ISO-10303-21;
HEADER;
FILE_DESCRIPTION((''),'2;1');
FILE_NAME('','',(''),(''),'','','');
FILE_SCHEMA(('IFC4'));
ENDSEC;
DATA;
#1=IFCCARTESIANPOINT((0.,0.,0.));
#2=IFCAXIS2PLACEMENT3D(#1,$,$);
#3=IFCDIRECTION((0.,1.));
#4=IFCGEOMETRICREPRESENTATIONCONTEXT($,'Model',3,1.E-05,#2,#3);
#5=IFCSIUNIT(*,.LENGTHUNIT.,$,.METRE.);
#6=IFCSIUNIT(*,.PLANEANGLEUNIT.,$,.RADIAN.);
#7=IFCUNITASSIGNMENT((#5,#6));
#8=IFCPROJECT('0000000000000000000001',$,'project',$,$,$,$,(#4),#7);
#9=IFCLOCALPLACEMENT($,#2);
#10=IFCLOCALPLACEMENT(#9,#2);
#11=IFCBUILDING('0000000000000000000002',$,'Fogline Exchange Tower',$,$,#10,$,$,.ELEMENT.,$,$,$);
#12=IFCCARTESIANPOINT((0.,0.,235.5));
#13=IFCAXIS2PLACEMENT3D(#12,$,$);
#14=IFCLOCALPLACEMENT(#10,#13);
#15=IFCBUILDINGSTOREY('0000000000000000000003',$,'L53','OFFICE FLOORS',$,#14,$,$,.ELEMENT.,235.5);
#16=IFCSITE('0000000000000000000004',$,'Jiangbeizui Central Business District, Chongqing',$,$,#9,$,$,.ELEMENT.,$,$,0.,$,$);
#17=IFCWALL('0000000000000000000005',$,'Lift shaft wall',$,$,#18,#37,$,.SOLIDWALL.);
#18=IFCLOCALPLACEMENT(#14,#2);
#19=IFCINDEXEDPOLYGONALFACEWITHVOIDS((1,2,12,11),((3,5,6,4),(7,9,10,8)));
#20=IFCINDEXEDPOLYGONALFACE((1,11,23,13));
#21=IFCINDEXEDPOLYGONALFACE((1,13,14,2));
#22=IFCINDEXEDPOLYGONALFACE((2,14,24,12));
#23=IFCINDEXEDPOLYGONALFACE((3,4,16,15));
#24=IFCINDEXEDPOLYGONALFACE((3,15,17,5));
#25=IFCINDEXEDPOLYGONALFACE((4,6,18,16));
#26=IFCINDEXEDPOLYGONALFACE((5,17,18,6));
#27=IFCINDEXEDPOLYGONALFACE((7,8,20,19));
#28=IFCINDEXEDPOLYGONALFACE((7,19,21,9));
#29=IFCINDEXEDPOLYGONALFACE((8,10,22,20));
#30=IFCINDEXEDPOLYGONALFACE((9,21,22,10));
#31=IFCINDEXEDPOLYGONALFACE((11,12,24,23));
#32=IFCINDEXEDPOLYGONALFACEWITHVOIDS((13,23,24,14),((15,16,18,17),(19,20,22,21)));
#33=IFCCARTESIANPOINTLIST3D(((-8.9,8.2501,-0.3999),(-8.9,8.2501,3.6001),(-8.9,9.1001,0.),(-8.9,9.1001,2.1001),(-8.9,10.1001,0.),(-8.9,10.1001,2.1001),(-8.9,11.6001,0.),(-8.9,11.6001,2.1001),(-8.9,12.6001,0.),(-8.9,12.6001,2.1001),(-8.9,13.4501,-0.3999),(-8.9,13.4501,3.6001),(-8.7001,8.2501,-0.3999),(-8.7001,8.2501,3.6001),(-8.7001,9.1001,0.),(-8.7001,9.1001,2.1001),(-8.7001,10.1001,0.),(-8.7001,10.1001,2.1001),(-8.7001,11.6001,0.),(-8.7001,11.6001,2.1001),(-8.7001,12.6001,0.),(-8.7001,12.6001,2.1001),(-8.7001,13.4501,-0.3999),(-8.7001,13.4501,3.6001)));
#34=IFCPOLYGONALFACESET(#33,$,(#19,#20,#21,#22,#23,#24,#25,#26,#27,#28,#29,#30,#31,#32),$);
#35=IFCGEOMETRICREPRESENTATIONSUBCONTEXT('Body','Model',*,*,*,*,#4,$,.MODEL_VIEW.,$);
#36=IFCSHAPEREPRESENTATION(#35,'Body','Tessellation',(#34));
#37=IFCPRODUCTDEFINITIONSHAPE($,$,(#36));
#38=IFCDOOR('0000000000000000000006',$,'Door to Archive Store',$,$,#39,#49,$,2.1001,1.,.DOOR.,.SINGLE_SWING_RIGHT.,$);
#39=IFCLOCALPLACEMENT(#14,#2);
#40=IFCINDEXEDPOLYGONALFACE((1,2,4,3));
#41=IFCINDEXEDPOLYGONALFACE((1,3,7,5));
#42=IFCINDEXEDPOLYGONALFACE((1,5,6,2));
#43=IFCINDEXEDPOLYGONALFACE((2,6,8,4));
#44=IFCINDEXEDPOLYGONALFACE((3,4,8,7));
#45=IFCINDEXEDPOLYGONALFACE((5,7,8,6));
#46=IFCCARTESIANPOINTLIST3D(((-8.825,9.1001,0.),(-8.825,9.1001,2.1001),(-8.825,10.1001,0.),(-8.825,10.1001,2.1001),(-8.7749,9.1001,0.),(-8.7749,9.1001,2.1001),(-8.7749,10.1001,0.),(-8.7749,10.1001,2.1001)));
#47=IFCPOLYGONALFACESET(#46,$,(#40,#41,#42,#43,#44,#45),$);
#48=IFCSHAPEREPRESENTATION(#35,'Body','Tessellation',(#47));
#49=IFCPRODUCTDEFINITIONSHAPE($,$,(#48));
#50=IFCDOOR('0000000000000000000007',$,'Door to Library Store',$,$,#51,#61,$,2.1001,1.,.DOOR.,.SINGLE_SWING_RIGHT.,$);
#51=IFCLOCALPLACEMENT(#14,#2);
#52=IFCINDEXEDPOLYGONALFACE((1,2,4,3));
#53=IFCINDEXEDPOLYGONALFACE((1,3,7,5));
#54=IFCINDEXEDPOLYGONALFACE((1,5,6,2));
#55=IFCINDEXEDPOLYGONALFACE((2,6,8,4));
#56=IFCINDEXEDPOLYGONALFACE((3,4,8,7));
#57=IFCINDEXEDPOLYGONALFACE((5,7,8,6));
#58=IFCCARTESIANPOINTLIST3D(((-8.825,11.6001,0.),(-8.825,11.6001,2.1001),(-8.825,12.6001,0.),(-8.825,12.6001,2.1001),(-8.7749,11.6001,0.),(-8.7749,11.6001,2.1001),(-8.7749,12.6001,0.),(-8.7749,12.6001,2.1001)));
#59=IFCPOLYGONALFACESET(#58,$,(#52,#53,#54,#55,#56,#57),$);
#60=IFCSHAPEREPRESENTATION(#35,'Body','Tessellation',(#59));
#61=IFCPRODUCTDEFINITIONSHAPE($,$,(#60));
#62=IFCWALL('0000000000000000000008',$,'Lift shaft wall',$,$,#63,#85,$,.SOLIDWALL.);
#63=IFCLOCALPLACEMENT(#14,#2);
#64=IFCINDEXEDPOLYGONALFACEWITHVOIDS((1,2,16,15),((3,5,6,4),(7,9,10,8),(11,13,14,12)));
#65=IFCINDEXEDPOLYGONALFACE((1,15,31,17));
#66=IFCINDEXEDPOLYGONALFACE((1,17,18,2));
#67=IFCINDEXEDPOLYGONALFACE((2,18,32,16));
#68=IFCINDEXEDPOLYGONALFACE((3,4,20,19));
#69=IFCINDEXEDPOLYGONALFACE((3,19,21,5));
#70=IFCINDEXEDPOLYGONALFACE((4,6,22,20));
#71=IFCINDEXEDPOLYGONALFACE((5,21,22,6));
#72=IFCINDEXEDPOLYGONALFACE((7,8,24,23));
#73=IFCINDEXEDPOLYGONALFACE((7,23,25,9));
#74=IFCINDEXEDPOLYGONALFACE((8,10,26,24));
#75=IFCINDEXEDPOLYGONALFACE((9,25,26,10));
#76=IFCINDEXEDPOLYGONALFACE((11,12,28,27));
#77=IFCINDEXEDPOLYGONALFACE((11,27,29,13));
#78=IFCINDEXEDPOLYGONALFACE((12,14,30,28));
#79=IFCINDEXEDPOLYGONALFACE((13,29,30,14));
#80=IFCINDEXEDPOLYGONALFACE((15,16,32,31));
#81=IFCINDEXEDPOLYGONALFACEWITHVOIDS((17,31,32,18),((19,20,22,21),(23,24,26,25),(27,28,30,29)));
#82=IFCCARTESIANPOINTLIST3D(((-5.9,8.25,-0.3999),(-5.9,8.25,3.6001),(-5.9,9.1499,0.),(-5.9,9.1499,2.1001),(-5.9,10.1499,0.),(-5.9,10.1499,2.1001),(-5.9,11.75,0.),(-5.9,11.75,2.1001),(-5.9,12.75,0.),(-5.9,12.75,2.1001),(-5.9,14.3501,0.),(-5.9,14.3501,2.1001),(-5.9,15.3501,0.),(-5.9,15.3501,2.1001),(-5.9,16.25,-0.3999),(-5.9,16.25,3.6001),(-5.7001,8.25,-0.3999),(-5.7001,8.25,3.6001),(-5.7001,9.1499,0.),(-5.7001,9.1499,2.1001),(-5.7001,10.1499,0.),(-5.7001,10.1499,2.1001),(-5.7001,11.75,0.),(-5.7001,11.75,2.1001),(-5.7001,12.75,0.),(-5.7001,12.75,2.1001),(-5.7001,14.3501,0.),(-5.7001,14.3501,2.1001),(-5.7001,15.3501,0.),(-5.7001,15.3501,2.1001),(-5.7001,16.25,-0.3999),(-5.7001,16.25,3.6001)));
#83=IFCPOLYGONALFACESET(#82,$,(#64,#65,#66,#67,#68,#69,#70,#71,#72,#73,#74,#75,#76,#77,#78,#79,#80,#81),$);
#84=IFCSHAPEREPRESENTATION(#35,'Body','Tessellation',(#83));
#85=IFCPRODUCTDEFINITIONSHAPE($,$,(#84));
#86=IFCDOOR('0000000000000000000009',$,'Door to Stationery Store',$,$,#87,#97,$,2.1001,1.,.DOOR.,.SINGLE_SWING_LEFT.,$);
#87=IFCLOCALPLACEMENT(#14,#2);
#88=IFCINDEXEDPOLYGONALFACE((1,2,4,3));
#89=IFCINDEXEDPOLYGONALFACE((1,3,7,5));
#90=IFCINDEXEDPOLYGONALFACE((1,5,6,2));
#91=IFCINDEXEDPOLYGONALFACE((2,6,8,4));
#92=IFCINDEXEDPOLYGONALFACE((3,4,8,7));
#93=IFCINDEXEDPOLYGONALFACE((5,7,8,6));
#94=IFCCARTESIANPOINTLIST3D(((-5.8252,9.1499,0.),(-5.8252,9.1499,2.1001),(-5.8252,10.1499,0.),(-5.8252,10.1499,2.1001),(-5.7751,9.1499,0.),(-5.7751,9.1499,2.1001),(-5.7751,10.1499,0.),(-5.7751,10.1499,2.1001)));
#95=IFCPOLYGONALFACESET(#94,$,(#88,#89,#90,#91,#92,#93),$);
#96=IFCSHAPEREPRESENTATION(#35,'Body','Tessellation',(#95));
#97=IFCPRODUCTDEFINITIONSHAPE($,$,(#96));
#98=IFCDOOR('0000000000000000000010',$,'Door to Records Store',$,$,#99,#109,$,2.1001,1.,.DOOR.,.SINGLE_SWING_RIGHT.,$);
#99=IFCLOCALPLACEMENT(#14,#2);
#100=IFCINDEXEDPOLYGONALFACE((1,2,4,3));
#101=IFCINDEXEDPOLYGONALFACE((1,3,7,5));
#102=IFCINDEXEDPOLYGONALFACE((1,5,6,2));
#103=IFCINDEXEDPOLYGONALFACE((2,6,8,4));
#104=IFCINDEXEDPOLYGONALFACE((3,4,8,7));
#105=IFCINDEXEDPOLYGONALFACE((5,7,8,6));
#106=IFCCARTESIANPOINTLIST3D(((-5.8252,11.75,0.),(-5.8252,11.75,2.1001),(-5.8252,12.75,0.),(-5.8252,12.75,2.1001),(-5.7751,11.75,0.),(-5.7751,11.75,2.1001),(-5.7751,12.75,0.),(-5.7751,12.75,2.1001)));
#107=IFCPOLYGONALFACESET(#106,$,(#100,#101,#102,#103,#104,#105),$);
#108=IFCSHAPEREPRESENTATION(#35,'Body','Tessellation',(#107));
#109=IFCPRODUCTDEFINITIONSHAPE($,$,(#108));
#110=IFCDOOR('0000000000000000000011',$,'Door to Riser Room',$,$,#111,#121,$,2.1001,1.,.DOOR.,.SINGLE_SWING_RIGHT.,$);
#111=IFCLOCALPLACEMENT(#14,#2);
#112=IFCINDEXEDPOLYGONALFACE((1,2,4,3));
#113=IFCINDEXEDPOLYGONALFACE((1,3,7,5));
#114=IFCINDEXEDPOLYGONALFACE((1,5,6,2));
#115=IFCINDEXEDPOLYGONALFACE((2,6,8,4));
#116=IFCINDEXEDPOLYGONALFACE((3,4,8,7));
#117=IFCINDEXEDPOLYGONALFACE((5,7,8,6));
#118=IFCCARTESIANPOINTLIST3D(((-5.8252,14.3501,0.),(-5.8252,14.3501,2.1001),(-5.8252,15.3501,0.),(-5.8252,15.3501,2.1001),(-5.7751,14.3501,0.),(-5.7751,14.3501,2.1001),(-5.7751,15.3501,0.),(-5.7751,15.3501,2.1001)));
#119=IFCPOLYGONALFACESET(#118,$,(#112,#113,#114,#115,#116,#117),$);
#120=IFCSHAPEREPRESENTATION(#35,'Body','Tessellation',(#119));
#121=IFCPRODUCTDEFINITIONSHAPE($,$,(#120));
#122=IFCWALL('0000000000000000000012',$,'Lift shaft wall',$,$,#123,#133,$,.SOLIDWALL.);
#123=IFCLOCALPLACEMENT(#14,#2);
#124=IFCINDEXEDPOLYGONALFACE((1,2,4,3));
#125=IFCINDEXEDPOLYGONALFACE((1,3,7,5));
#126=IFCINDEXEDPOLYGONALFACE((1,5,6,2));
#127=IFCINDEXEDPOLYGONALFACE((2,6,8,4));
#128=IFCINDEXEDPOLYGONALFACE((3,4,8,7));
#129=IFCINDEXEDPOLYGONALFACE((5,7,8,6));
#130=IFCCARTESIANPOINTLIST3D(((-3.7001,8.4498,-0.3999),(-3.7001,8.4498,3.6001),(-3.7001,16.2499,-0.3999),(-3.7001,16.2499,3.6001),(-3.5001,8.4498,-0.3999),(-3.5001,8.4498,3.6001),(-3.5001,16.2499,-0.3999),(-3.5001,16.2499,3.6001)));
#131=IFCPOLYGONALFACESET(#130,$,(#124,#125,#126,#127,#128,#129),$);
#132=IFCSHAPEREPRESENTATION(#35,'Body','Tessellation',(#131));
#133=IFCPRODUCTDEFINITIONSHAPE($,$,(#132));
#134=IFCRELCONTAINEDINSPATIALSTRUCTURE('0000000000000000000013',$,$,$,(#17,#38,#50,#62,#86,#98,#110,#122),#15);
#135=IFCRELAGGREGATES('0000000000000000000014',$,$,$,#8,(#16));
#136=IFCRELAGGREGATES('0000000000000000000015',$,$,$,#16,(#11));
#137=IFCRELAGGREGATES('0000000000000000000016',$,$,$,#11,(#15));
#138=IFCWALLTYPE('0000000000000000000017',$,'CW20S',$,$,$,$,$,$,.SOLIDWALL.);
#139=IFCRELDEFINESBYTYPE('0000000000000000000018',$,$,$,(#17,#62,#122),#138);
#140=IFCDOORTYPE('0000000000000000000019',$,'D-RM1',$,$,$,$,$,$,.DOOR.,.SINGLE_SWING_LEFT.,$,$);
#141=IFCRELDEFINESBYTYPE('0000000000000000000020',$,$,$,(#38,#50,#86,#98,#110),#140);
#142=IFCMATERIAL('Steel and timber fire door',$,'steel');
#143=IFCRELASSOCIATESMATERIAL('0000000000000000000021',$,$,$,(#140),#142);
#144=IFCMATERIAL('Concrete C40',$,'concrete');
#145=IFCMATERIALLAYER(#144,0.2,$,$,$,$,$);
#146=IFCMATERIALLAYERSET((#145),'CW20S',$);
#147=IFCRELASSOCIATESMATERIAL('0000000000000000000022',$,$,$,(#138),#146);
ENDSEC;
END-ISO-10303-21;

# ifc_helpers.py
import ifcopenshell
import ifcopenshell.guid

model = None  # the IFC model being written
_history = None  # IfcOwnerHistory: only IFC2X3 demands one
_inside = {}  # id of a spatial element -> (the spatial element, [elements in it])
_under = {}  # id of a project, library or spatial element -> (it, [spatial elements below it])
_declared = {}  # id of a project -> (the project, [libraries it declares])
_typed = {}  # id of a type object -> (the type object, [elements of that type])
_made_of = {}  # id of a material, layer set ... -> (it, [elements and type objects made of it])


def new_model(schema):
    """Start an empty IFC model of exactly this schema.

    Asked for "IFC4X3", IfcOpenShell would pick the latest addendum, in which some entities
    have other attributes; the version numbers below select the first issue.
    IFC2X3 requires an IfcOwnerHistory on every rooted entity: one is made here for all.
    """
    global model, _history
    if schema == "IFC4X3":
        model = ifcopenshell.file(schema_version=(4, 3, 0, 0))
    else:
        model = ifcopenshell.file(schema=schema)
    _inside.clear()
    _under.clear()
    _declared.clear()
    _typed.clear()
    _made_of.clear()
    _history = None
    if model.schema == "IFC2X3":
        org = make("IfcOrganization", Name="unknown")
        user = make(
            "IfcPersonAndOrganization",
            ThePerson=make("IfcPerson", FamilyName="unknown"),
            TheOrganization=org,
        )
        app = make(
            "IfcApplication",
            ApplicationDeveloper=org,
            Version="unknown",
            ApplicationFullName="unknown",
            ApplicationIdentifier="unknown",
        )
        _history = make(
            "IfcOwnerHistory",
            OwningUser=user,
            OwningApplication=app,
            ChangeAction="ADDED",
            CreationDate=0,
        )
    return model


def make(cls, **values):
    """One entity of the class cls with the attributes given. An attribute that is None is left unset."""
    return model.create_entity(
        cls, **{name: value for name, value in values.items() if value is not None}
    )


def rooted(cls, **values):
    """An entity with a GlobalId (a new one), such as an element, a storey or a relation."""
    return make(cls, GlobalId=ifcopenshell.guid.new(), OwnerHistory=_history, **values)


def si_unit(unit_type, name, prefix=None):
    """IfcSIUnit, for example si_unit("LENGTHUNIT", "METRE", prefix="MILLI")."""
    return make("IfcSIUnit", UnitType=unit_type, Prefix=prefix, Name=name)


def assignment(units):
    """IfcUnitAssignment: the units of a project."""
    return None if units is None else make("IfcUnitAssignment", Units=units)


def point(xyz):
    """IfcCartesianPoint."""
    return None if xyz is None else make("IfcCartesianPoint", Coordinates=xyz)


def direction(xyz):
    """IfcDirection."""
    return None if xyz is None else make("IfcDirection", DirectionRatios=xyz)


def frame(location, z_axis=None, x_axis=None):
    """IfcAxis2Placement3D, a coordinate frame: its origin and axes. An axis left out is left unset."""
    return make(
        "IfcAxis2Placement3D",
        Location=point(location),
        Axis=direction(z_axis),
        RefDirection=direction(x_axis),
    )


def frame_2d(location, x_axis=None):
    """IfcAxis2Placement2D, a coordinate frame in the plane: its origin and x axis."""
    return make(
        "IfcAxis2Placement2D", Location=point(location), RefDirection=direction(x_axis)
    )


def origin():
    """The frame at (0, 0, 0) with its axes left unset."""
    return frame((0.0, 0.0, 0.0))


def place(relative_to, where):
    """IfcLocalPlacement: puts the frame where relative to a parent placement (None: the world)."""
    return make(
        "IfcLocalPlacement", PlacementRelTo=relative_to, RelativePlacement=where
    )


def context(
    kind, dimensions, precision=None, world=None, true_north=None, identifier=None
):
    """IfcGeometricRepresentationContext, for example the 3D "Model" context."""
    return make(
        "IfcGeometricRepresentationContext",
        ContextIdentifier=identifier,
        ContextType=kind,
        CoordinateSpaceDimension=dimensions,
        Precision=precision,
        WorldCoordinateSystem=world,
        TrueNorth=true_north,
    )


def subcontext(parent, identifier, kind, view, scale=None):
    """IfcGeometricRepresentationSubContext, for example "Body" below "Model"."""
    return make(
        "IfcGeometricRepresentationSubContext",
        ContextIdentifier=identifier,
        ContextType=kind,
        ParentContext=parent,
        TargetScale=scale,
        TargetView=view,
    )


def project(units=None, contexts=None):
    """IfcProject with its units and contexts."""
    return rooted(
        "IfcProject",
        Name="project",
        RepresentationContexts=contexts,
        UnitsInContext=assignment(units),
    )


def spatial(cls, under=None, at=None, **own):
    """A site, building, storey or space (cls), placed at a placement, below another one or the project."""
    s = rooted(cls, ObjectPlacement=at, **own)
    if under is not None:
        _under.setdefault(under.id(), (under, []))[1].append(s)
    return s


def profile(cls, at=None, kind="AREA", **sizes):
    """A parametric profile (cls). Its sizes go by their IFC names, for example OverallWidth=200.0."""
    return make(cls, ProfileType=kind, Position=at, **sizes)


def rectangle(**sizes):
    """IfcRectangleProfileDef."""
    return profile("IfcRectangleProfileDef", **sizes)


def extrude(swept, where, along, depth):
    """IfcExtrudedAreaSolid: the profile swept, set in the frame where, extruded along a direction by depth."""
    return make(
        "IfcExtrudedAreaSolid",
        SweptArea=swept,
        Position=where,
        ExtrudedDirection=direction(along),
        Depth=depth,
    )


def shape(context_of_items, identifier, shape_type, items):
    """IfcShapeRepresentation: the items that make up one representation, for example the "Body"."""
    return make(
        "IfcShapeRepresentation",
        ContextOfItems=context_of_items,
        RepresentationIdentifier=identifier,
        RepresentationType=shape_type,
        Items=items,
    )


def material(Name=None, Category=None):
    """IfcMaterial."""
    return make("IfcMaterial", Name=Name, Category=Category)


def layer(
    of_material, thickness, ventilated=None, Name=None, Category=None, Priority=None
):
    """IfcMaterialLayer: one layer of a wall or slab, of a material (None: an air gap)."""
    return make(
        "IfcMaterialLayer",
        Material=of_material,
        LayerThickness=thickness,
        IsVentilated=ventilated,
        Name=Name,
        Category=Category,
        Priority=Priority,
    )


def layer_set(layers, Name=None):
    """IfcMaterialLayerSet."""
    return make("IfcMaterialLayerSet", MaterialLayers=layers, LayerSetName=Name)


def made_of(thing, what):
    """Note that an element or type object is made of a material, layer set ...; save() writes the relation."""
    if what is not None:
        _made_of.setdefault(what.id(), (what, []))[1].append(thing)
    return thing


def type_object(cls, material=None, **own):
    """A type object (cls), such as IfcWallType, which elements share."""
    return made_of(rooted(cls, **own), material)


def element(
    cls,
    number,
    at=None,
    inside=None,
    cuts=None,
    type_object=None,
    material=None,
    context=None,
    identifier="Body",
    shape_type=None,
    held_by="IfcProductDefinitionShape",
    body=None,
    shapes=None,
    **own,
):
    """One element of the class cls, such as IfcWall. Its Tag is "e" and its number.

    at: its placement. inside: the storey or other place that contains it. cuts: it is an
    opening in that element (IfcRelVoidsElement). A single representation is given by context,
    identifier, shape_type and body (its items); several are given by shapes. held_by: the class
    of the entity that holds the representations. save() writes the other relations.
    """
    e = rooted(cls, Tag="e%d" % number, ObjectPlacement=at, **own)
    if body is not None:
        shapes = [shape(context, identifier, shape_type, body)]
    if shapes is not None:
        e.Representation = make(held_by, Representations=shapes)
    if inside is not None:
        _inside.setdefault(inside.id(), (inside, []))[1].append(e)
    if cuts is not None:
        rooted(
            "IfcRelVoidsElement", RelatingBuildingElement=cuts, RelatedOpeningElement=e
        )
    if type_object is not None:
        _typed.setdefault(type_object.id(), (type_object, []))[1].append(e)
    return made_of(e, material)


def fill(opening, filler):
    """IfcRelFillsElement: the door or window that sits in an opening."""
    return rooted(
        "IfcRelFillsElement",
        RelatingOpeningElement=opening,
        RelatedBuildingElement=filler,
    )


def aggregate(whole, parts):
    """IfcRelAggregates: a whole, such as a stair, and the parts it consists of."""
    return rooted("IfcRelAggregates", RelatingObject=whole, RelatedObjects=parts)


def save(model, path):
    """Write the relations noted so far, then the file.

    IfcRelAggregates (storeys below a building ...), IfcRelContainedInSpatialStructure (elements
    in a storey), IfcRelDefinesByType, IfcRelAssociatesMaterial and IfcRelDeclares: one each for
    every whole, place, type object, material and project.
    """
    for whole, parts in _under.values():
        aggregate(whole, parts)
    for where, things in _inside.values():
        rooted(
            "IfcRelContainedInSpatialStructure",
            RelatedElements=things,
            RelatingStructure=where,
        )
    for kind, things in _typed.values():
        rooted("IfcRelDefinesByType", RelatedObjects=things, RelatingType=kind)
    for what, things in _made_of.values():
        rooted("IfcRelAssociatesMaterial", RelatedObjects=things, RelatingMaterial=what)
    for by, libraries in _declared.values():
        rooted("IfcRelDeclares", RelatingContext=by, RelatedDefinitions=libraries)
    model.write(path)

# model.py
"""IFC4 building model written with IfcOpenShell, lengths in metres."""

from ifc_helpers import new_model, si_unit, direction, frame, frame_2d, origin, place, context, subcontext, project, spatial, rectangle, extrude, material, layer, layer_set, type_object, element, fill, save


model = new_model("IFC4")

# Units and contexts
model_context = context("Model", 3, precision=1e-05, world=origin(), true_north=direction((0.0, 1.0)))
body_context = subcontext(model_context, "Body", "Model", "MODEL_VIEW")
ifc_project = project(units=[si_unit("LENGTHUNIT", "METRE"), si_unit("PLANEANGLEUNIT", "RADIAN")], contexts=[model_context])

# Site, building, storey
site_placement = place(None, origin())
site = spatial("IfcSite", under=ifc_project, at=site_placement, Name="Jiangbeizui Central Business District, Chongqing", CompositionType="ELEMENT", RefElevation=0.0)
building_placement = place(site_placement, origin())
building = spatial("IfcBuilding", under=site, at=building_placement, Name="Fogline Exchange Tower", CompositionType="ELEMENT")
storey_placement = place(building_placement, frame((0.0, 0.0, 235.5)))
storey = spatial("IfcBuildingStorey", under=building, at=storey_placement, Name="L53", Description="OFFICE FLOORS", CompositionType="ELEMENT", Elevation=235.5)

# Shared definitions
ifc_material_1 = material(Name="Steel and timber fire door", Category="steel")

# Shared definitions
ifc_material_2 = material(Name="Concrete C40", Category="concrete")

# Shared definitions
door_type_1 = type_object("IfcDoorType", Name="D-RM1", OperationType="SINGLE_SWING_LEFT", PredefinedType="DOOR", material=ifc_material_1)

# Walls, openings, doors
ifc_layer_1 = layer(ifc_material_2, 0.2)
ifc_layer_set_1 = layer_set([ifc_layer_1], Name="CW20S")
wall_type_1 = type_object("IfcWallType", Name="CW20S", PredefinedType="SOLIDWALL", material=ifc_layer_set_1)
wall_1_placement = place(storey_placement, frame((-8.8, 8.25, -0.3999), z_axis=(0.0, 0.0, 1.0), x_axis=(0.0, 1.0, 0.0)))
wall_1 = element("IfcWall", 1, at=wall_1_placement, inside=storey, type_object=wall_type_1, Name="Lift shaft wall", PredefinedType="SOLIDWALL", context=body_context, shape_type="SweptSolid", body=[
    extrude(rectangle(XDim=5.2, YDim=0.2, at=frame_2d((2.6001, 0.0))), origin(), (0.0, 0.0, 1.0), 4.0),
])
opening_1_placement = place(wall_1_placement, frame((0.8501, 0.0, 0.3999)))
opening_1 = element("IfcOpeningElement", 2, at=opening_1_placement, cuts=wall_1, PredefinedType="OPENING", context=body_context, shape_type="SweptSolid", body=[
    extrude(rectangle(XDim=1.0, YDim=2.1001, at=frame_2d((0.5, 1.05))), frame((0.0, 0.1099, 0.0), z_axis=(0.0, -1.0, 0.0), x_axis=(1.0, 0.0, 0.0)), (0.0, 0.0, 1.0), 0.22),
])
opening_2_placement = place(wall_1_placement, frame((3.3501, 0.0, 0.3999)))
opening_2 = element("IfcOpeningElement", 3, at=opening_2_placement, cuts=wall_1, PredefinedType="OPENING", context=body_context, shape_type="SweptSolid", body=[
    extrude(rectangle(XDim=1.0, YDim=2.1001, at=frame_2d((0.5, 1.05))), frame((0.0, 0.1099, 0.0), z_axis=(0.0, -1.0, 0.0), x_axis=(1.0, 0.0, 0.0)), (0.0, 0.0, 1.0), 0.22),
])
door_1_placement = place(opening_1_placement, origin())
door_1 = element("IfcDoor", 4, at=door_1_placement, inside=storey, type_object=door_type_1, Name="Door to Archive Store", OperationType="SINGLE_SWING_RIGHT", OverallHeight=2.1001, OverallWidth=1.0, PredefinedType="DOOR", context=body_context, shape_type="SweptSolid", body=[
    extrude(rectangle(XDim=1.0, YDim=2.1001, at=frame_2d((0.5, 1.05))), frame((0.0, 0.0249, 0.0), z_axis=(0.0, -1.0, 0.0), x_axis=(1.0, 0.0, 0.0)), (0.0, 0.0, 1.0), 0.05),
])
fill(opening_1, door_1)
door_2_placement = place(opening_2_placement, origin())
door_2 = element("IfcDoor", 5, at=door_2_placement, inside=storey, type_object=door_type_1, Name="Door to Library Store", OperationType="SINGLE_SWING_RIGHT", OverallHeight=2.1001, OverallWidth=1.0, PredefinedType="DOOR", context=body_context, shape_type="SweptSolid", body=[
    extrude(rectangle(XDim=1.0, YDim=2.1001, at=frame_2d((0.5, 1.05))), frame((0.0, 0.0249, 0.0), z_axis=(0.0, -1.0, 0.0), x_axis=(1.0, 0.0, 0.0)), (0.0, 0.0, 1.0), 0.05),
])
fill(opening_2, door_2)
wall_2_placement = place(storey_placement, frame((-5.8, 8.25, -0.3999), z_axis=(0.0, 0.0, 1.0), x_axis=(0.0, 1.0, 0.0)))
wall_2 = element("IfcWall", 6, at=wall_2_placement, inside=storey, type_object=wall_type_1, Name="Lift shaft wall", PredefinedType="SOLIDWALL", context=body_context, shape_type="SweptSolid", body=[
    extrude(rectangle(XDim=8.0, YDim=0.2, at=frame_2d((4.0, 0.0))), origin(), (0.0, 0.0, 1.0), 4.0),
])
opening_3_placement = place(wall_2_placement, frame((0.8999, 0.0, 0.3999)))
opening_3 = element("IfcOpeningElement", 7, at=opening_3_placement, cuts=wall_2, PredefinedType="OPENING", context=body_context, shape_type="SweptSolid", body=[
    extrude(rectangle(XDim=1.0, YDim=2.1001, at=frame_2d((0.5, 1.05))), frame((0.0, 0.1099, 0.0), z_axis=(0.0, -1.0, 0.0), x_axis=(1.0, 0.0, 0.0)), (0.0, 0.0, 1.0), 0.22),
])
opening_4_placement = place(wall_2_placement, frame((3.5, 0.0, 0.3999)))
opening_4 = element("IfcOpeningElement", 8, at=opening_4_placement, cuts=wall_2, PredefinedType="OPENING", context=body_context, shape_type="SweptSolid", body=[
    extrude(rectangle(XDim=1.0, YDim=2.1001, at=frame_2d((0.5, 1.05))), frame((0.0, 0.1099, 0.0), z_axis=(0.0, -1.0, 0.0), x_axis=(1.0, 0.0, 0.0)), (0.0, 0.0, 1.0), 0.22),
])
opening_5_placement = place(wall_2_placement, frame((6.1001, 0.0, 0.3999)))
opening_5 = element("IfcOpeningElement", 9, at=opening_5_placement, cuts=wall_2, PredefinedType="OPENING", context=body_context, shape_type="SweptSolid", body=[
    extrude(rectangle(XDim=1.0, YDim=2.1001, at=frame_2d((0.5, 1.05))), frame((0.0, 0.1099, 0.0), z_axis=(0.0, -1.0, 0.0), x_axis=(1.0, 0.0, 0.0)), (0.0, 0.0, 1.0), 0.22),
])
door_3_placement = place(opening_3_placement, frame((1.0, 0.0, 0.0), z_axis=(0.0, 0.0, 1.0), x_axis=(-1.0, 0.0, 0.0)))
door_3 = element("IfcDoor", 10, at=door_3_placement, inside=storey, type_object=door_type_1, Name="Door to Stationery Store", OperationType="SINGLE_SWING_LEFT", OverallHeight=2.1001, OverallWidth=1.0, PredefinedType="DOOR", context=body_context, shape_type="SweptSolid", body=[
    extrude(rectangle(XDim=1.0, YDim=2.1001, at=frame_2d((0.5, 1.05))), frame((0.0, 0.0249, 0.0), z_axis=(0.0, -1.0, 0.0), x_axis=(1.0, 0.0, 0.0)), (0.0, 0.0, 1.0), 0.05),
])
fill(opening_3, door_3)
door_4_placement = place(opening_4_placement, frame((1.0, 0.0, 0.0), z_axis=(0.0, 0.0, 1.0), x_axis=(-1.0, 0.0, 0.0)))
door_4 = element("IfcDoor", 11, at=door_4_placement, inside=storey, type_object=door_type_1, Name="Door to Records Store", OperationType="SINGLE_SWING_RIGHT", OverallHeight=2.1001, OverallWidth=1.0, PredefinedType="DOOR", context=body_context, shape_type="SweptSolid", body=[
    extrude(rectangle(XDim=1.0, YDim=2.1001, at=frame_2d((0.5, 1.05))), frame((0.0, 0.0249, 0.0), z_axis=(0.0, -1.0, 0.0), x_axis=(1.0, 0.0, 0.0)), (0.0, 0.0, 1.0), 0.05),
])
fill(opening_4, door_4)
door_5_placement = place(opening_5_placement, frame((1.0, 0.0, 0.0), z_axis=(0.0, 0.0, 1.0), x_axis=(-1.0, 0.0, 0.0)))
door_5 = element("IfcDoor", 12, at=door_5_placement, inside=storey, type_object=door_type_1, Name="Door to Riser Room", OperationType="SINGLE_SWING_RIGHT", OverallHeight=2.1001, OverallWidth=1.0, PredefinedType="DOOR", context=body_context, shape_type="SweptSolid", body=[
    extrude(rectangle(XDim=1.0, YDim=2.1001, at=frame_2d((0.5, 1.05))), frame((0.0, 0.0249, 0.0), z_axis=(0.0, -1.0, 0.0), x_axis=(1.0, 0.0, 0.0)), (0.0, 0.0, 1.0), 0.05),
])
fill(opening_5, door_5)

# Wall
wall_3_placement = place(storey_placement, frame((-3.6001, 8.45, -0.3999), z_axis=(0.0, 0.0, 1.0), x_axis=(0.0, 1.0, 0.0)))
element("IfcWall", 13, at=wall_3_placement, inside=storey, type_object=wall_type_1, Name="Lift shaft wall", PredefinedType="SOLIDWALL", context=body_context, shape_type="SweptSolid", body=[
    extrude(rectangle(XDim=7.8, YDim=0.2, at=frame_2d((3.8999, 0.0))), origin(), (0.0, 0.0, 1.0), 4.0),
])

save(model, "model.ifc")
